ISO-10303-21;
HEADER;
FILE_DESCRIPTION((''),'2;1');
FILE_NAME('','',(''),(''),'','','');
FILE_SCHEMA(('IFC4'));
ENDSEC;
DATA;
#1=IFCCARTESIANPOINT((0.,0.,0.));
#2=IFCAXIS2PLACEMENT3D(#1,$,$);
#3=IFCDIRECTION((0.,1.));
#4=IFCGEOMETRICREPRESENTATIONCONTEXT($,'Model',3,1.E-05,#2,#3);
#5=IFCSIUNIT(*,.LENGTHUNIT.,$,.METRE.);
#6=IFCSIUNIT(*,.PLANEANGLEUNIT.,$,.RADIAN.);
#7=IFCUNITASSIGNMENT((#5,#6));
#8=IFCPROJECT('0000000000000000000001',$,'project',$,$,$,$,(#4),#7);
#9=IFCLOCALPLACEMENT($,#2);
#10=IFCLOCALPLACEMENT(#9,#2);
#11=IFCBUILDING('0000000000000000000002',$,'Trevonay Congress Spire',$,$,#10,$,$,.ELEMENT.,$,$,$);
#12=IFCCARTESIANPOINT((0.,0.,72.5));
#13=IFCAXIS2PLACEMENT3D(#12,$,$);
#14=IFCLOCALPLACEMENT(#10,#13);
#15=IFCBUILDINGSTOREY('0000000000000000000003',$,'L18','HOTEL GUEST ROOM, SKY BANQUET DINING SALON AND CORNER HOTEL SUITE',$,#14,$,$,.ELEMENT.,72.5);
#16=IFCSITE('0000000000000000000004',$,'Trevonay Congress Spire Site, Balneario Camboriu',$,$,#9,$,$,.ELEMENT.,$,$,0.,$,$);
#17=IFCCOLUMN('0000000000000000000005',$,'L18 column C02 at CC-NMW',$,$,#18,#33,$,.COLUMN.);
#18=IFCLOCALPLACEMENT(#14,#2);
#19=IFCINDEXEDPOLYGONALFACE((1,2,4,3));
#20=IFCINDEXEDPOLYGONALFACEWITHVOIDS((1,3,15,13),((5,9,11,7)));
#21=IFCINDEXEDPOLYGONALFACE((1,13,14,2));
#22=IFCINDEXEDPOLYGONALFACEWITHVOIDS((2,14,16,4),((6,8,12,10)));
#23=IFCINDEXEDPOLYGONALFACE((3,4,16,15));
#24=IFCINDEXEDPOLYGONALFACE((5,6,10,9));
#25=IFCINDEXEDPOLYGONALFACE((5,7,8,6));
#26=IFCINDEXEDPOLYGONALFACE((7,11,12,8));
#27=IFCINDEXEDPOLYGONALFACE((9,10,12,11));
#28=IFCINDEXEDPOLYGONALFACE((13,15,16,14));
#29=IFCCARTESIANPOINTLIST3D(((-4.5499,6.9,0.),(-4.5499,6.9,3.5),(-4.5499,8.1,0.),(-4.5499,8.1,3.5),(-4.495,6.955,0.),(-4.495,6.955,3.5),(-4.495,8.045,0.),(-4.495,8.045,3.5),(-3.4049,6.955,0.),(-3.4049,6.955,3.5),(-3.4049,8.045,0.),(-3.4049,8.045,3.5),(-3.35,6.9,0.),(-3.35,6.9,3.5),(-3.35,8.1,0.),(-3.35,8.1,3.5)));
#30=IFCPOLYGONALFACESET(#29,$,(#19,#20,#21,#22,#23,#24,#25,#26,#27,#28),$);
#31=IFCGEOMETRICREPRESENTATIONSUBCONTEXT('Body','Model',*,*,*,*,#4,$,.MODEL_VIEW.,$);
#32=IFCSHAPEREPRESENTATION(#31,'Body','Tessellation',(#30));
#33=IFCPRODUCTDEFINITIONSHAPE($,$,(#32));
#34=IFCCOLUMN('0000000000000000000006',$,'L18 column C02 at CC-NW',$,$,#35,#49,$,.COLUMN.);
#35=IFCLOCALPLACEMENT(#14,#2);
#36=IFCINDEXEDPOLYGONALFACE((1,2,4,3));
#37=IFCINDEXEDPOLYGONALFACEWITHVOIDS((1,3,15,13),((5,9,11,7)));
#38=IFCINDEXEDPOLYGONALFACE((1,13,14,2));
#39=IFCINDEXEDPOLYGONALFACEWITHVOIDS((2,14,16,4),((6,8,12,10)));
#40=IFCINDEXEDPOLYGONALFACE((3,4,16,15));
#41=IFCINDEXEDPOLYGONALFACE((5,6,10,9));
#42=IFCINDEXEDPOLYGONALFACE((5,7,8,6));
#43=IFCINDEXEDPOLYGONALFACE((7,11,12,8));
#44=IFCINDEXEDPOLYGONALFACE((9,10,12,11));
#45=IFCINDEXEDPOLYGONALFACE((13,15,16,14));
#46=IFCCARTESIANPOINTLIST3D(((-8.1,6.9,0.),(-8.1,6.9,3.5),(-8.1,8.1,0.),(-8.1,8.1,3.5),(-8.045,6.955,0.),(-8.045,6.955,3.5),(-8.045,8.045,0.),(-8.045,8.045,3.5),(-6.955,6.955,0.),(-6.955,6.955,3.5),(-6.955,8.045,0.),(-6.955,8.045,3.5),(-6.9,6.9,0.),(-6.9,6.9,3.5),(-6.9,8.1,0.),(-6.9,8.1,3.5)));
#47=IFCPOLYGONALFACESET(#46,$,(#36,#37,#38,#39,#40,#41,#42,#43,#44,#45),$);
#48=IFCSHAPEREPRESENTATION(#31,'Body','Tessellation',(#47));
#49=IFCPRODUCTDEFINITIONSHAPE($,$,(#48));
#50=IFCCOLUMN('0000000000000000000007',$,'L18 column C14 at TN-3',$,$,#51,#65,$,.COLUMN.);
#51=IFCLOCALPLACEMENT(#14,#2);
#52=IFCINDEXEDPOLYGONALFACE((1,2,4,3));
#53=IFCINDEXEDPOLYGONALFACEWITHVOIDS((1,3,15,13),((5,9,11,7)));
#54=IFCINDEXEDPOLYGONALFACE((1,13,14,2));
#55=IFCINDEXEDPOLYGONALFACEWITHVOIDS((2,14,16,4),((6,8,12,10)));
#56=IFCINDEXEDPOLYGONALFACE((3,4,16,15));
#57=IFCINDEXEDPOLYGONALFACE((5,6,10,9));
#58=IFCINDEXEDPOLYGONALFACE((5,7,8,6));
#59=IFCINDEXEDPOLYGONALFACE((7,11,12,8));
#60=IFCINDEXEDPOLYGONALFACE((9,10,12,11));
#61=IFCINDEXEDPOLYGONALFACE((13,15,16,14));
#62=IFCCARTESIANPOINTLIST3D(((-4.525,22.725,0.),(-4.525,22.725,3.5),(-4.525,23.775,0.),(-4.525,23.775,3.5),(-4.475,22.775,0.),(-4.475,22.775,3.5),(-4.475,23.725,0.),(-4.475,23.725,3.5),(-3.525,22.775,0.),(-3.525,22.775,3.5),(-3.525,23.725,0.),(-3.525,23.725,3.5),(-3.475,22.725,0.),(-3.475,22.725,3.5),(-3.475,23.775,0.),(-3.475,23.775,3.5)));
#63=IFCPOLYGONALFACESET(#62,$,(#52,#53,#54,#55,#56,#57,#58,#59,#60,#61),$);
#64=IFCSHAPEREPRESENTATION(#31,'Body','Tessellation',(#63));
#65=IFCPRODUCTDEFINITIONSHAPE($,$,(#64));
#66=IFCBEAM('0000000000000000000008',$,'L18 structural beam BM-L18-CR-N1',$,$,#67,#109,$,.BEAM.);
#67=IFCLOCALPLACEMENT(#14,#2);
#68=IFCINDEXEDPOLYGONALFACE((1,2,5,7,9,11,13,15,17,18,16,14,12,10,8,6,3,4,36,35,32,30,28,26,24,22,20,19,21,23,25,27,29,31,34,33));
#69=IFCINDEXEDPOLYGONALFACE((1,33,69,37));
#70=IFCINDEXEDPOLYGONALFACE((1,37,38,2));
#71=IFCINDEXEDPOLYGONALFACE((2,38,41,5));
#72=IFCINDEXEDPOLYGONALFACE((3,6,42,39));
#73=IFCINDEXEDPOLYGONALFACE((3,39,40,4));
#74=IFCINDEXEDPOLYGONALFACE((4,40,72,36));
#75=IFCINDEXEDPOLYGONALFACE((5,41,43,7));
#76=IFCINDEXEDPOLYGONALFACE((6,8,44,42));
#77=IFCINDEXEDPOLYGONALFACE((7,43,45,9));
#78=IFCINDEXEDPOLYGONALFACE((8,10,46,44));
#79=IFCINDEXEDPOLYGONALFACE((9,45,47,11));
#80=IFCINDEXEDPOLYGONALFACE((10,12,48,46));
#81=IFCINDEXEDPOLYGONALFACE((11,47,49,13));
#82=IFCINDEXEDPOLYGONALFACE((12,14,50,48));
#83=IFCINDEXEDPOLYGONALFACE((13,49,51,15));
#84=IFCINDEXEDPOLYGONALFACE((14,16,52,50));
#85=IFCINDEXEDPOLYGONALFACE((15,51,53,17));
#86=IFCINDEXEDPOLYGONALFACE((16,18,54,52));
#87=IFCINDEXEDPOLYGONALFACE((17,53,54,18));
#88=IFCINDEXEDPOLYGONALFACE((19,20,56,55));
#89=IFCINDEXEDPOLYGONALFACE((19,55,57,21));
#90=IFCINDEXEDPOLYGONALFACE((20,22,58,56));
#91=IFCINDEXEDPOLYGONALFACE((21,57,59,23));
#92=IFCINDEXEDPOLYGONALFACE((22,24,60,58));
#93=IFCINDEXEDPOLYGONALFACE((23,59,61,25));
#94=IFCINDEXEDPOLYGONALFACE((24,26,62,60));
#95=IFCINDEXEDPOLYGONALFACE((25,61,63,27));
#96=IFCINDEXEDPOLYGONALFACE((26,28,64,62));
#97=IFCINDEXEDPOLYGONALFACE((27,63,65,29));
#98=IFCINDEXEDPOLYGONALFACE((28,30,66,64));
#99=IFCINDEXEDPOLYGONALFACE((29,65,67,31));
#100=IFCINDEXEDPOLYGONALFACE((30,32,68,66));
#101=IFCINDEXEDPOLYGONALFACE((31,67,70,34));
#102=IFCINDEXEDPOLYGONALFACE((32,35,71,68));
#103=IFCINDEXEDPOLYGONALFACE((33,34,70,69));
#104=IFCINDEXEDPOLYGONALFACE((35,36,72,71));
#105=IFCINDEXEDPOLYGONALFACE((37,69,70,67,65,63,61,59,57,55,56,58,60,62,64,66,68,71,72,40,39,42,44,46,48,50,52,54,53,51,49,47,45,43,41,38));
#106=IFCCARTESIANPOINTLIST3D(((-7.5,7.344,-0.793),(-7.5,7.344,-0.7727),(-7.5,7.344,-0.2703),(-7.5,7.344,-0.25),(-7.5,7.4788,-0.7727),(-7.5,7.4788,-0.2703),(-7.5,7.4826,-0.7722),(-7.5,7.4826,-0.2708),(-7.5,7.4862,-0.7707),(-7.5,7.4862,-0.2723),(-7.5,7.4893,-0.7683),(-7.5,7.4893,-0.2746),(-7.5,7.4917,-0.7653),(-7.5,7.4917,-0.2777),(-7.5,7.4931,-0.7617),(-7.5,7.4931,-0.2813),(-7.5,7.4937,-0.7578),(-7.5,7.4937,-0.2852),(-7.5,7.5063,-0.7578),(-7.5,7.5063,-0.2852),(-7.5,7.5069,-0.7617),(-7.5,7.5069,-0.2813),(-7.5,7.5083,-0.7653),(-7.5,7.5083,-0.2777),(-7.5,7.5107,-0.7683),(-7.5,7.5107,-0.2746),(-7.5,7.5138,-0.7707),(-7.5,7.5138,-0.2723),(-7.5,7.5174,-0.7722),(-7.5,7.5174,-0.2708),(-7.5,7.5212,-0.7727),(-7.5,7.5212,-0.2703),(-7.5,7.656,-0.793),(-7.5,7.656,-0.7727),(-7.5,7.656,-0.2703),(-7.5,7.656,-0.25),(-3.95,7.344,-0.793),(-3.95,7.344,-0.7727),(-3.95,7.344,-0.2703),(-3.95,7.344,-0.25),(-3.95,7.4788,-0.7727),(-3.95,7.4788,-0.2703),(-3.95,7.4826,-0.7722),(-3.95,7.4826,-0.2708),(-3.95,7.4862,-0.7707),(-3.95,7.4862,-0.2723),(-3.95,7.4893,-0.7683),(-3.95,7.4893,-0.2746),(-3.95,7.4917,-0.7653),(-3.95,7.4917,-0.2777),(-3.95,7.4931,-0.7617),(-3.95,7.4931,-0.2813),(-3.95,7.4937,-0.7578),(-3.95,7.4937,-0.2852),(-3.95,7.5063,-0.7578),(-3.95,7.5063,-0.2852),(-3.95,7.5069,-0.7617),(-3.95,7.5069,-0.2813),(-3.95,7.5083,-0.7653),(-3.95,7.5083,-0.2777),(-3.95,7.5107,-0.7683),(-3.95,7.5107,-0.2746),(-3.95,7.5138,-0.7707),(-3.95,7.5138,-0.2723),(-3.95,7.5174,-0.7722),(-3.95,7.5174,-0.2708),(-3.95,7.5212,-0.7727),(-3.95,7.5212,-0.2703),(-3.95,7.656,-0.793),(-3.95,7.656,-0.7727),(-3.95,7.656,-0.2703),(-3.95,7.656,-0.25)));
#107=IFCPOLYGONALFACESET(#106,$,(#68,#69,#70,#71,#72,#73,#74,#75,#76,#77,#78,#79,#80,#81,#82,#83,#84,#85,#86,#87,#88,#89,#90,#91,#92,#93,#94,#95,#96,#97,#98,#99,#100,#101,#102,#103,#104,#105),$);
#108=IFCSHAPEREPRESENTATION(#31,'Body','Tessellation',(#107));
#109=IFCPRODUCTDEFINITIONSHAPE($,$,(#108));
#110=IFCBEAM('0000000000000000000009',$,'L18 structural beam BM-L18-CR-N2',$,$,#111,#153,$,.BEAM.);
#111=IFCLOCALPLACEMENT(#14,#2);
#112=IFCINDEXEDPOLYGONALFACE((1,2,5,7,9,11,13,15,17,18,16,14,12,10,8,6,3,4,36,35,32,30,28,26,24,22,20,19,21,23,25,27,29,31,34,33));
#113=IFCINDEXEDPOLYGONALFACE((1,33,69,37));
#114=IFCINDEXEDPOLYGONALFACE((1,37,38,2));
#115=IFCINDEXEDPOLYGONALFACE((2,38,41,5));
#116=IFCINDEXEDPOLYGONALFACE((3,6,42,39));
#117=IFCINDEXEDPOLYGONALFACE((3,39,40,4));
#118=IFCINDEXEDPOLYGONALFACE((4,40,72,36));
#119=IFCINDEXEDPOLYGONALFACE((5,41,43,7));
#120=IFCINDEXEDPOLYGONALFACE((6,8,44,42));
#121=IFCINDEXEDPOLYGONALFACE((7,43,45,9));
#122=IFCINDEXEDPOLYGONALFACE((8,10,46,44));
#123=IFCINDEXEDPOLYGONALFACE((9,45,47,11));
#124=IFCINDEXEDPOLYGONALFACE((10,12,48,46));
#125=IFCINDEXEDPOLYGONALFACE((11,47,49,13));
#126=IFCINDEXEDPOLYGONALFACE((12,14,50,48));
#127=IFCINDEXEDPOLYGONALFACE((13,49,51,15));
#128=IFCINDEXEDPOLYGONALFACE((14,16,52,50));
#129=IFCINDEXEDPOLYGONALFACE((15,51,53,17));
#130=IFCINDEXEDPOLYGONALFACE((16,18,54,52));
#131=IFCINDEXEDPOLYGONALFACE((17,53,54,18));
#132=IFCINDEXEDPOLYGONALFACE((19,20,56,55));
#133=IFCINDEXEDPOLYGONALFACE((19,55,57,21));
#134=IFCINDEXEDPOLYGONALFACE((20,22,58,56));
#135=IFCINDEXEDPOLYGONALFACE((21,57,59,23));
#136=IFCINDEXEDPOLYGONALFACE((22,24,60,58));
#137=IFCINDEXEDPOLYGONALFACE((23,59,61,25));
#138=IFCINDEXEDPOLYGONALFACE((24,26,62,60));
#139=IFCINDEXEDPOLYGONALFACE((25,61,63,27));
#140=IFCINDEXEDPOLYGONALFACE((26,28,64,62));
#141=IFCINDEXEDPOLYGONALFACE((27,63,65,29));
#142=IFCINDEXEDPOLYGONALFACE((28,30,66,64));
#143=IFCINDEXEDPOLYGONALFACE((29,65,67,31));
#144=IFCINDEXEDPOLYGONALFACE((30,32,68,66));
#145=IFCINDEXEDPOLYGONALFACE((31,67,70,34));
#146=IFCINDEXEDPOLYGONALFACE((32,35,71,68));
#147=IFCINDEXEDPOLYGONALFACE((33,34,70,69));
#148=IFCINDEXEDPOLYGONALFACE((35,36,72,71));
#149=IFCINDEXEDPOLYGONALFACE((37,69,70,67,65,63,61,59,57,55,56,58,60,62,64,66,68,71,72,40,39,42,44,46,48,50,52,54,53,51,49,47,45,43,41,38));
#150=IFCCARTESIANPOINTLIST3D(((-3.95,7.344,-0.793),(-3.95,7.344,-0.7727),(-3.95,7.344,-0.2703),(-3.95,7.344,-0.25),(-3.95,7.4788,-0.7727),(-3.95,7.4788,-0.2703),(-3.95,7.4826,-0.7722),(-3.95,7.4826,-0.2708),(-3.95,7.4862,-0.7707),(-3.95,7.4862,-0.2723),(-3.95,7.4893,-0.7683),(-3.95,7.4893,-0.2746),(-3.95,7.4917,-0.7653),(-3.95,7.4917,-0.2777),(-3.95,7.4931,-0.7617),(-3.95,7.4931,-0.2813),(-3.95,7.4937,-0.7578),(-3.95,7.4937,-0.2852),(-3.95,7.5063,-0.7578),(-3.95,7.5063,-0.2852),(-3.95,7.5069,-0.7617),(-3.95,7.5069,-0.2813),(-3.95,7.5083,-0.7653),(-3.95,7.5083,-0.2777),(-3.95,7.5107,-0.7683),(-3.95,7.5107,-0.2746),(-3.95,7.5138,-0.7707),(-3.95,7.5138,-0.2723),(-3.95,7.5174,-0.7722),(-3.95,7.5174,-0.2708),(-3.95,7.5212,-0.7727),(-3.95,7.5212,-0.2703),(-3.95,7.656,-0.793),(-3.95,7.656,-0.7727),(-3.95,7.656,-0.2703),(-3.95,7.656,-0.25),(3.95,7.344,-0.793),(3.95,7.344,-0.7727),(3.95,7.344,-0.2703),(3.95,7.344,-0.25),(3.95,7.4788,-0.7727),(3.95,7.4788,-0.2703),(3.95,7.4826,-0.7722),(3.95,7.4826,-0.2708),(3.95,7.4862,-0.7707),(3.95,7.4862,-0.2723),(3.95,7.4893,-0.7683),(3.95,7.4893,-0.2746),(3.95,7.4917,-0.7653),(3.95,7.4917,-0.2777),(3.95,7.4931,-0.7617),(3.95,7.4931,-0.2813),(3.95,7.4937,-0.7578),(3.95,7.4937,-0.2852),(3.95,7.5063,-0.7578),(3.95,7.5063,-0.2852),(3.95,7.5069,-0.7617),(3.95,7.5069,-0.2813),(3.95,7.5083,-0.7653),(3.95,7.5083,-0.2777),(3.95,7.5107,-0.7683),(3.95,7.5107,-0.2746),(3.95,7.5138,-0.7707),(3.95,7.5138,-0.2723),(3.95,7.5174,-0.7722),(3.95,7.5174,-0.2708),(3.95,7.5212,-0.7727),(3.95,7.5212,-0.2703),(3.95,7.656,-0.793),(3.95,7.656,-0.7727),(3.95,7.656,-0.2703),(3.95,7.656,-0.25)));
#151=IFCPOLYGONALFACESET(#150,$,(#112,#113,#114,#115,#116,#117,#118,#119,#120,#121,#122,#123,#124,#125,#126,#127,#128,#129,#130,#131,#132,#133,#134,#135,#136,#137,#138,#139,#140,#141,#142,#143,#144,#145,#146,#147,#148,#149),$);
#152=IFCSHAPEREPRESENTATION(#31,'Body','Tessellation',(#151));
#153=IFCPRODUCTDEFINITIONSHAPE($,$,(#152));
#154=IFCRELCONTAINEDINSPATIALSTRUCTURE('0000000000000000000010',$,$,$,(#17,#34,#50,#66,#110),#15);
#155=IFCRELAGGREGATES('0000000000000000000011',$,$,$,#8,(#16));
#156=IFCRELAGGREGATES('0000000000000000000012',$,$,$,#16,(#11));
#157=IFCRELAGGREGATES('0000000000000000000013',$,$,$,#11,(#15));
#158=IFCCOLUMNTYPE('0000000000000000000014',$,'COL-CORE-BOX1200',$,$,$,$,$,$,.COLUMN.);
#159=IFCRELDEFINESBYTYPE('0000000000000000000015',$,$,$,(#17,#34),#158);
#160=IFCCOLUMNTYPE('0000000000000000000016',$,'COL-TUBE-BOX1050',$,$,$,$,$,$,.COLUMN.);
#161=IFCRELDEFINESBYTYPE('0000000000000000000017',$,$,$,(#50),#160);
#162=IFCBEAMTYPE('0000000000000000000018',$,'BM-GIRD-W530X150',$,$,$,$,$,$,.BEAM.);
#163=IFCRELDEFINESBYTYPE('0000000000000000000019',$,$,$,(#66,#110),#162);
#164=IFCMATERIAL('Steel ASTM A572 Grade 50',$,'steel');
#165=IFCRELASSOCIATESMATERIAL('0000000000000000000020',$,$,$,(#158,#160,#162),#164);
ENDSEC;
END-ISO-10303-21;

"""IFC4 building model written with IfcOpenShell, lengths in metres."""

from ifc_helpers import new_model, si_unit, direction, frame, origin, origin_2d, place, context, subcontext, project, spatial, hollow_rectangle, i_section, extrude, material, material_profile, profile_set, type_object, element, save


model = new_model("IFC4")

# Units and contexts
model_context = context("Model", 3, precision=1e-05, world=origin(), true_north=direction((0.0, 1.0)))
body_context = subcontext(model_context, "Body", "Model", "MODEL_VIEW")
ifc_project = project(units=[si_unit("LENGTHUNIT", "METRE"), si_unit("PLANEANGLEUNIT", "RADIAN")], contexts=[model_context])

# Site, building, storey
site_placement = place(None, origin())
site = spatial("IfcSite", under=ifc_project, at=site_placement, Name="Trevonay Congress Spire Site, Balneario Camboriu", CompositionType="ELEMENT", RefElevation=0.0)
building_placement = place(site_placement, origin())
building = spatial("IfcBuilding", under=site, at=building_placement, Name="Trevonay Congress Spire", CompositionType="ELEMENT")
storey_placement = place(building_placement, frame((0.0, 0.0, 72.5)))
storey = spatial("IfcBuildingStorey", under=building, at=storey_placement, Name="L18", Description="HOTEL GUEST ROOM, SKY BANQUET DINING SALON AND CORNER HOTEL SUITE", CompositionType="ELEMENT", Elevation=72.5)

# Columns
ifc_material_1 = material(Name="Steel ASTM A572 Grade 50", Category="steel")
ifc_material_profile_1 = material_profile(ifc_material_1, hollow_rectangle(XDim=1.2, YDim=1.2, WallThickness=0.0549, at=origin_2d()), Name="BOX 1200x1200x55")
ifc_profile_set_1 = profile_set([ifc_material_profile_1], Name="Steel ASTM A572 Grade 50")
column_type_1 = type_object("IfcColumnType", Name="COL-CORE-BOX1200", PredefinedType="COLUMN", material=ifc_profile_set_1)
for number, where, z_axis, x_axis, name in (
    (1, (-3.95, 7.5, 0.0), (0.0, 0.0, 1.0), (1.0, 0.0, 0.0), "L18 column C02 at CC-NMW"),
    (2, (-7.5, 7.5, 0.0), (0.0, 0.0, 1.0), (1.0, 0.0, 0.0), "L18 column C02 at CC-NW"),
):
    element("IfcColumn", number, at=place(storey_placement, frame(where, z_axis=z_axis, x_axis=x_axis)), inside=storey, type_object=column_type_1, Name=name, PredefinedType="COLUMN", context=body_context, shape_type="SweptSolid", body=[
        extrude(hollow_rectangle(XDim=1.2, YDim=1.2, WallThickness=0.0549, at=origin_2d()), origin(), (0.0, 0.0, 1.0), 3.5),
    ])
ifc_material_profile_2 = material_profile(ifc_material_1, hollow_rectangle(XDim=1.05, YDim=1.05, WallThickness=0.05, at=origin_2d()), Name="BOX 1050x1050x50")
ifc_profile_set_2 = profile_set([ifc_material_profile_2], Name="Steel ASTM A572 Grade 50")
column_type_2 = type_object("IfcColumnType", Name="COL-TUBE-BOX1050", PredefinedType="COLUMN", material=ifc_profile_set_2)
column_placement = place(storey_placement, frame((-4.0, 23.25, 0.0), z_axis=(0.0, 0.0, 1.0), x_axis=(1.0, 0.0, 0.0)))
element("IfcColumn", 3, at=column_placement, inside=storey, type_object=column_type_2, Name="L18 column C14 at TN-3", PredefinedType="COLUMN", context=body_context, shape_type="SweptSolid", body=[
    extrude(hollow_rectangle(XDim=1.05, YDim=1.05, WallThickness=0.05, at=origin_2d()), origin(), (0.0, 0.0, 1.0), 3.5),
])

# Beams
ifc_material_profile_3 = material_profile(ifc_material_1, i_section(OverallWidth=0.312, OverallDepth=0.543, WebThickness=0.0127, FlangeThickness=0.0203, FilletRadius=0.0149, at=origin_2d()), Name="W530x150")
ifc_profile_set_3 = profile_set([ifc_material_profile_3], Name="Steel ASTM A572 Grade 50")
beam_type_1 = type_object("IfcBeamType", Name="BM-GIRD-W530X150", PredefinedType="BEAM", material=ifc_profile_set_3)
beam_1_placement = place(storey_placement, frame((-7.5, 7.5, -0.5215), z_axis=(1.0, 0.0, 0.0), x_axis=(0.0, 1.0, 0.0)))
element("IfcBeam", 4, at=beam_1_placement, inside=storey, type_object=beam_type_1, Name="L18 structural beam BM-L18-CR-N1", PredefinedType="BEAM", context=body_context, shape_type="SweptSolid", body=[
    extrude(i_section(OverallWidth=0.312, OverallDepth=0.543, WebThickness=0.0127, FlangeThickness=0.0203, FilletRadius=0.0149, at=origin_2d()), origin(), (0.0, 0.0, 1.0), 3.55),
])
beam_2_placement = place(storey_placement, frame((-3.95, 7.5, -0.5215), z_axis=(1.0, 0.0, 0.0), x_axis=(0.0, 1.0, 0.0)))
element("IfcBeam", 5, at=beam_2_placement, inside=storey, type_object=beam_type_1, Name="L18 structural beam BM-L18-CR-N2", PredefinedType="BEAM", context=body_context, shape_type="SweptSolid", body=[
    extrude(i_section(OverallWidth=0.312, OverallDepth=0.543, WebThickness=0.0127, FlangeThickness=0.0203, FilletRadius=0.0149, at=origin_2d()), origin(), (0.0, 0.0, 1.0), 7.8999),
])

save(model, "model.ifc")
